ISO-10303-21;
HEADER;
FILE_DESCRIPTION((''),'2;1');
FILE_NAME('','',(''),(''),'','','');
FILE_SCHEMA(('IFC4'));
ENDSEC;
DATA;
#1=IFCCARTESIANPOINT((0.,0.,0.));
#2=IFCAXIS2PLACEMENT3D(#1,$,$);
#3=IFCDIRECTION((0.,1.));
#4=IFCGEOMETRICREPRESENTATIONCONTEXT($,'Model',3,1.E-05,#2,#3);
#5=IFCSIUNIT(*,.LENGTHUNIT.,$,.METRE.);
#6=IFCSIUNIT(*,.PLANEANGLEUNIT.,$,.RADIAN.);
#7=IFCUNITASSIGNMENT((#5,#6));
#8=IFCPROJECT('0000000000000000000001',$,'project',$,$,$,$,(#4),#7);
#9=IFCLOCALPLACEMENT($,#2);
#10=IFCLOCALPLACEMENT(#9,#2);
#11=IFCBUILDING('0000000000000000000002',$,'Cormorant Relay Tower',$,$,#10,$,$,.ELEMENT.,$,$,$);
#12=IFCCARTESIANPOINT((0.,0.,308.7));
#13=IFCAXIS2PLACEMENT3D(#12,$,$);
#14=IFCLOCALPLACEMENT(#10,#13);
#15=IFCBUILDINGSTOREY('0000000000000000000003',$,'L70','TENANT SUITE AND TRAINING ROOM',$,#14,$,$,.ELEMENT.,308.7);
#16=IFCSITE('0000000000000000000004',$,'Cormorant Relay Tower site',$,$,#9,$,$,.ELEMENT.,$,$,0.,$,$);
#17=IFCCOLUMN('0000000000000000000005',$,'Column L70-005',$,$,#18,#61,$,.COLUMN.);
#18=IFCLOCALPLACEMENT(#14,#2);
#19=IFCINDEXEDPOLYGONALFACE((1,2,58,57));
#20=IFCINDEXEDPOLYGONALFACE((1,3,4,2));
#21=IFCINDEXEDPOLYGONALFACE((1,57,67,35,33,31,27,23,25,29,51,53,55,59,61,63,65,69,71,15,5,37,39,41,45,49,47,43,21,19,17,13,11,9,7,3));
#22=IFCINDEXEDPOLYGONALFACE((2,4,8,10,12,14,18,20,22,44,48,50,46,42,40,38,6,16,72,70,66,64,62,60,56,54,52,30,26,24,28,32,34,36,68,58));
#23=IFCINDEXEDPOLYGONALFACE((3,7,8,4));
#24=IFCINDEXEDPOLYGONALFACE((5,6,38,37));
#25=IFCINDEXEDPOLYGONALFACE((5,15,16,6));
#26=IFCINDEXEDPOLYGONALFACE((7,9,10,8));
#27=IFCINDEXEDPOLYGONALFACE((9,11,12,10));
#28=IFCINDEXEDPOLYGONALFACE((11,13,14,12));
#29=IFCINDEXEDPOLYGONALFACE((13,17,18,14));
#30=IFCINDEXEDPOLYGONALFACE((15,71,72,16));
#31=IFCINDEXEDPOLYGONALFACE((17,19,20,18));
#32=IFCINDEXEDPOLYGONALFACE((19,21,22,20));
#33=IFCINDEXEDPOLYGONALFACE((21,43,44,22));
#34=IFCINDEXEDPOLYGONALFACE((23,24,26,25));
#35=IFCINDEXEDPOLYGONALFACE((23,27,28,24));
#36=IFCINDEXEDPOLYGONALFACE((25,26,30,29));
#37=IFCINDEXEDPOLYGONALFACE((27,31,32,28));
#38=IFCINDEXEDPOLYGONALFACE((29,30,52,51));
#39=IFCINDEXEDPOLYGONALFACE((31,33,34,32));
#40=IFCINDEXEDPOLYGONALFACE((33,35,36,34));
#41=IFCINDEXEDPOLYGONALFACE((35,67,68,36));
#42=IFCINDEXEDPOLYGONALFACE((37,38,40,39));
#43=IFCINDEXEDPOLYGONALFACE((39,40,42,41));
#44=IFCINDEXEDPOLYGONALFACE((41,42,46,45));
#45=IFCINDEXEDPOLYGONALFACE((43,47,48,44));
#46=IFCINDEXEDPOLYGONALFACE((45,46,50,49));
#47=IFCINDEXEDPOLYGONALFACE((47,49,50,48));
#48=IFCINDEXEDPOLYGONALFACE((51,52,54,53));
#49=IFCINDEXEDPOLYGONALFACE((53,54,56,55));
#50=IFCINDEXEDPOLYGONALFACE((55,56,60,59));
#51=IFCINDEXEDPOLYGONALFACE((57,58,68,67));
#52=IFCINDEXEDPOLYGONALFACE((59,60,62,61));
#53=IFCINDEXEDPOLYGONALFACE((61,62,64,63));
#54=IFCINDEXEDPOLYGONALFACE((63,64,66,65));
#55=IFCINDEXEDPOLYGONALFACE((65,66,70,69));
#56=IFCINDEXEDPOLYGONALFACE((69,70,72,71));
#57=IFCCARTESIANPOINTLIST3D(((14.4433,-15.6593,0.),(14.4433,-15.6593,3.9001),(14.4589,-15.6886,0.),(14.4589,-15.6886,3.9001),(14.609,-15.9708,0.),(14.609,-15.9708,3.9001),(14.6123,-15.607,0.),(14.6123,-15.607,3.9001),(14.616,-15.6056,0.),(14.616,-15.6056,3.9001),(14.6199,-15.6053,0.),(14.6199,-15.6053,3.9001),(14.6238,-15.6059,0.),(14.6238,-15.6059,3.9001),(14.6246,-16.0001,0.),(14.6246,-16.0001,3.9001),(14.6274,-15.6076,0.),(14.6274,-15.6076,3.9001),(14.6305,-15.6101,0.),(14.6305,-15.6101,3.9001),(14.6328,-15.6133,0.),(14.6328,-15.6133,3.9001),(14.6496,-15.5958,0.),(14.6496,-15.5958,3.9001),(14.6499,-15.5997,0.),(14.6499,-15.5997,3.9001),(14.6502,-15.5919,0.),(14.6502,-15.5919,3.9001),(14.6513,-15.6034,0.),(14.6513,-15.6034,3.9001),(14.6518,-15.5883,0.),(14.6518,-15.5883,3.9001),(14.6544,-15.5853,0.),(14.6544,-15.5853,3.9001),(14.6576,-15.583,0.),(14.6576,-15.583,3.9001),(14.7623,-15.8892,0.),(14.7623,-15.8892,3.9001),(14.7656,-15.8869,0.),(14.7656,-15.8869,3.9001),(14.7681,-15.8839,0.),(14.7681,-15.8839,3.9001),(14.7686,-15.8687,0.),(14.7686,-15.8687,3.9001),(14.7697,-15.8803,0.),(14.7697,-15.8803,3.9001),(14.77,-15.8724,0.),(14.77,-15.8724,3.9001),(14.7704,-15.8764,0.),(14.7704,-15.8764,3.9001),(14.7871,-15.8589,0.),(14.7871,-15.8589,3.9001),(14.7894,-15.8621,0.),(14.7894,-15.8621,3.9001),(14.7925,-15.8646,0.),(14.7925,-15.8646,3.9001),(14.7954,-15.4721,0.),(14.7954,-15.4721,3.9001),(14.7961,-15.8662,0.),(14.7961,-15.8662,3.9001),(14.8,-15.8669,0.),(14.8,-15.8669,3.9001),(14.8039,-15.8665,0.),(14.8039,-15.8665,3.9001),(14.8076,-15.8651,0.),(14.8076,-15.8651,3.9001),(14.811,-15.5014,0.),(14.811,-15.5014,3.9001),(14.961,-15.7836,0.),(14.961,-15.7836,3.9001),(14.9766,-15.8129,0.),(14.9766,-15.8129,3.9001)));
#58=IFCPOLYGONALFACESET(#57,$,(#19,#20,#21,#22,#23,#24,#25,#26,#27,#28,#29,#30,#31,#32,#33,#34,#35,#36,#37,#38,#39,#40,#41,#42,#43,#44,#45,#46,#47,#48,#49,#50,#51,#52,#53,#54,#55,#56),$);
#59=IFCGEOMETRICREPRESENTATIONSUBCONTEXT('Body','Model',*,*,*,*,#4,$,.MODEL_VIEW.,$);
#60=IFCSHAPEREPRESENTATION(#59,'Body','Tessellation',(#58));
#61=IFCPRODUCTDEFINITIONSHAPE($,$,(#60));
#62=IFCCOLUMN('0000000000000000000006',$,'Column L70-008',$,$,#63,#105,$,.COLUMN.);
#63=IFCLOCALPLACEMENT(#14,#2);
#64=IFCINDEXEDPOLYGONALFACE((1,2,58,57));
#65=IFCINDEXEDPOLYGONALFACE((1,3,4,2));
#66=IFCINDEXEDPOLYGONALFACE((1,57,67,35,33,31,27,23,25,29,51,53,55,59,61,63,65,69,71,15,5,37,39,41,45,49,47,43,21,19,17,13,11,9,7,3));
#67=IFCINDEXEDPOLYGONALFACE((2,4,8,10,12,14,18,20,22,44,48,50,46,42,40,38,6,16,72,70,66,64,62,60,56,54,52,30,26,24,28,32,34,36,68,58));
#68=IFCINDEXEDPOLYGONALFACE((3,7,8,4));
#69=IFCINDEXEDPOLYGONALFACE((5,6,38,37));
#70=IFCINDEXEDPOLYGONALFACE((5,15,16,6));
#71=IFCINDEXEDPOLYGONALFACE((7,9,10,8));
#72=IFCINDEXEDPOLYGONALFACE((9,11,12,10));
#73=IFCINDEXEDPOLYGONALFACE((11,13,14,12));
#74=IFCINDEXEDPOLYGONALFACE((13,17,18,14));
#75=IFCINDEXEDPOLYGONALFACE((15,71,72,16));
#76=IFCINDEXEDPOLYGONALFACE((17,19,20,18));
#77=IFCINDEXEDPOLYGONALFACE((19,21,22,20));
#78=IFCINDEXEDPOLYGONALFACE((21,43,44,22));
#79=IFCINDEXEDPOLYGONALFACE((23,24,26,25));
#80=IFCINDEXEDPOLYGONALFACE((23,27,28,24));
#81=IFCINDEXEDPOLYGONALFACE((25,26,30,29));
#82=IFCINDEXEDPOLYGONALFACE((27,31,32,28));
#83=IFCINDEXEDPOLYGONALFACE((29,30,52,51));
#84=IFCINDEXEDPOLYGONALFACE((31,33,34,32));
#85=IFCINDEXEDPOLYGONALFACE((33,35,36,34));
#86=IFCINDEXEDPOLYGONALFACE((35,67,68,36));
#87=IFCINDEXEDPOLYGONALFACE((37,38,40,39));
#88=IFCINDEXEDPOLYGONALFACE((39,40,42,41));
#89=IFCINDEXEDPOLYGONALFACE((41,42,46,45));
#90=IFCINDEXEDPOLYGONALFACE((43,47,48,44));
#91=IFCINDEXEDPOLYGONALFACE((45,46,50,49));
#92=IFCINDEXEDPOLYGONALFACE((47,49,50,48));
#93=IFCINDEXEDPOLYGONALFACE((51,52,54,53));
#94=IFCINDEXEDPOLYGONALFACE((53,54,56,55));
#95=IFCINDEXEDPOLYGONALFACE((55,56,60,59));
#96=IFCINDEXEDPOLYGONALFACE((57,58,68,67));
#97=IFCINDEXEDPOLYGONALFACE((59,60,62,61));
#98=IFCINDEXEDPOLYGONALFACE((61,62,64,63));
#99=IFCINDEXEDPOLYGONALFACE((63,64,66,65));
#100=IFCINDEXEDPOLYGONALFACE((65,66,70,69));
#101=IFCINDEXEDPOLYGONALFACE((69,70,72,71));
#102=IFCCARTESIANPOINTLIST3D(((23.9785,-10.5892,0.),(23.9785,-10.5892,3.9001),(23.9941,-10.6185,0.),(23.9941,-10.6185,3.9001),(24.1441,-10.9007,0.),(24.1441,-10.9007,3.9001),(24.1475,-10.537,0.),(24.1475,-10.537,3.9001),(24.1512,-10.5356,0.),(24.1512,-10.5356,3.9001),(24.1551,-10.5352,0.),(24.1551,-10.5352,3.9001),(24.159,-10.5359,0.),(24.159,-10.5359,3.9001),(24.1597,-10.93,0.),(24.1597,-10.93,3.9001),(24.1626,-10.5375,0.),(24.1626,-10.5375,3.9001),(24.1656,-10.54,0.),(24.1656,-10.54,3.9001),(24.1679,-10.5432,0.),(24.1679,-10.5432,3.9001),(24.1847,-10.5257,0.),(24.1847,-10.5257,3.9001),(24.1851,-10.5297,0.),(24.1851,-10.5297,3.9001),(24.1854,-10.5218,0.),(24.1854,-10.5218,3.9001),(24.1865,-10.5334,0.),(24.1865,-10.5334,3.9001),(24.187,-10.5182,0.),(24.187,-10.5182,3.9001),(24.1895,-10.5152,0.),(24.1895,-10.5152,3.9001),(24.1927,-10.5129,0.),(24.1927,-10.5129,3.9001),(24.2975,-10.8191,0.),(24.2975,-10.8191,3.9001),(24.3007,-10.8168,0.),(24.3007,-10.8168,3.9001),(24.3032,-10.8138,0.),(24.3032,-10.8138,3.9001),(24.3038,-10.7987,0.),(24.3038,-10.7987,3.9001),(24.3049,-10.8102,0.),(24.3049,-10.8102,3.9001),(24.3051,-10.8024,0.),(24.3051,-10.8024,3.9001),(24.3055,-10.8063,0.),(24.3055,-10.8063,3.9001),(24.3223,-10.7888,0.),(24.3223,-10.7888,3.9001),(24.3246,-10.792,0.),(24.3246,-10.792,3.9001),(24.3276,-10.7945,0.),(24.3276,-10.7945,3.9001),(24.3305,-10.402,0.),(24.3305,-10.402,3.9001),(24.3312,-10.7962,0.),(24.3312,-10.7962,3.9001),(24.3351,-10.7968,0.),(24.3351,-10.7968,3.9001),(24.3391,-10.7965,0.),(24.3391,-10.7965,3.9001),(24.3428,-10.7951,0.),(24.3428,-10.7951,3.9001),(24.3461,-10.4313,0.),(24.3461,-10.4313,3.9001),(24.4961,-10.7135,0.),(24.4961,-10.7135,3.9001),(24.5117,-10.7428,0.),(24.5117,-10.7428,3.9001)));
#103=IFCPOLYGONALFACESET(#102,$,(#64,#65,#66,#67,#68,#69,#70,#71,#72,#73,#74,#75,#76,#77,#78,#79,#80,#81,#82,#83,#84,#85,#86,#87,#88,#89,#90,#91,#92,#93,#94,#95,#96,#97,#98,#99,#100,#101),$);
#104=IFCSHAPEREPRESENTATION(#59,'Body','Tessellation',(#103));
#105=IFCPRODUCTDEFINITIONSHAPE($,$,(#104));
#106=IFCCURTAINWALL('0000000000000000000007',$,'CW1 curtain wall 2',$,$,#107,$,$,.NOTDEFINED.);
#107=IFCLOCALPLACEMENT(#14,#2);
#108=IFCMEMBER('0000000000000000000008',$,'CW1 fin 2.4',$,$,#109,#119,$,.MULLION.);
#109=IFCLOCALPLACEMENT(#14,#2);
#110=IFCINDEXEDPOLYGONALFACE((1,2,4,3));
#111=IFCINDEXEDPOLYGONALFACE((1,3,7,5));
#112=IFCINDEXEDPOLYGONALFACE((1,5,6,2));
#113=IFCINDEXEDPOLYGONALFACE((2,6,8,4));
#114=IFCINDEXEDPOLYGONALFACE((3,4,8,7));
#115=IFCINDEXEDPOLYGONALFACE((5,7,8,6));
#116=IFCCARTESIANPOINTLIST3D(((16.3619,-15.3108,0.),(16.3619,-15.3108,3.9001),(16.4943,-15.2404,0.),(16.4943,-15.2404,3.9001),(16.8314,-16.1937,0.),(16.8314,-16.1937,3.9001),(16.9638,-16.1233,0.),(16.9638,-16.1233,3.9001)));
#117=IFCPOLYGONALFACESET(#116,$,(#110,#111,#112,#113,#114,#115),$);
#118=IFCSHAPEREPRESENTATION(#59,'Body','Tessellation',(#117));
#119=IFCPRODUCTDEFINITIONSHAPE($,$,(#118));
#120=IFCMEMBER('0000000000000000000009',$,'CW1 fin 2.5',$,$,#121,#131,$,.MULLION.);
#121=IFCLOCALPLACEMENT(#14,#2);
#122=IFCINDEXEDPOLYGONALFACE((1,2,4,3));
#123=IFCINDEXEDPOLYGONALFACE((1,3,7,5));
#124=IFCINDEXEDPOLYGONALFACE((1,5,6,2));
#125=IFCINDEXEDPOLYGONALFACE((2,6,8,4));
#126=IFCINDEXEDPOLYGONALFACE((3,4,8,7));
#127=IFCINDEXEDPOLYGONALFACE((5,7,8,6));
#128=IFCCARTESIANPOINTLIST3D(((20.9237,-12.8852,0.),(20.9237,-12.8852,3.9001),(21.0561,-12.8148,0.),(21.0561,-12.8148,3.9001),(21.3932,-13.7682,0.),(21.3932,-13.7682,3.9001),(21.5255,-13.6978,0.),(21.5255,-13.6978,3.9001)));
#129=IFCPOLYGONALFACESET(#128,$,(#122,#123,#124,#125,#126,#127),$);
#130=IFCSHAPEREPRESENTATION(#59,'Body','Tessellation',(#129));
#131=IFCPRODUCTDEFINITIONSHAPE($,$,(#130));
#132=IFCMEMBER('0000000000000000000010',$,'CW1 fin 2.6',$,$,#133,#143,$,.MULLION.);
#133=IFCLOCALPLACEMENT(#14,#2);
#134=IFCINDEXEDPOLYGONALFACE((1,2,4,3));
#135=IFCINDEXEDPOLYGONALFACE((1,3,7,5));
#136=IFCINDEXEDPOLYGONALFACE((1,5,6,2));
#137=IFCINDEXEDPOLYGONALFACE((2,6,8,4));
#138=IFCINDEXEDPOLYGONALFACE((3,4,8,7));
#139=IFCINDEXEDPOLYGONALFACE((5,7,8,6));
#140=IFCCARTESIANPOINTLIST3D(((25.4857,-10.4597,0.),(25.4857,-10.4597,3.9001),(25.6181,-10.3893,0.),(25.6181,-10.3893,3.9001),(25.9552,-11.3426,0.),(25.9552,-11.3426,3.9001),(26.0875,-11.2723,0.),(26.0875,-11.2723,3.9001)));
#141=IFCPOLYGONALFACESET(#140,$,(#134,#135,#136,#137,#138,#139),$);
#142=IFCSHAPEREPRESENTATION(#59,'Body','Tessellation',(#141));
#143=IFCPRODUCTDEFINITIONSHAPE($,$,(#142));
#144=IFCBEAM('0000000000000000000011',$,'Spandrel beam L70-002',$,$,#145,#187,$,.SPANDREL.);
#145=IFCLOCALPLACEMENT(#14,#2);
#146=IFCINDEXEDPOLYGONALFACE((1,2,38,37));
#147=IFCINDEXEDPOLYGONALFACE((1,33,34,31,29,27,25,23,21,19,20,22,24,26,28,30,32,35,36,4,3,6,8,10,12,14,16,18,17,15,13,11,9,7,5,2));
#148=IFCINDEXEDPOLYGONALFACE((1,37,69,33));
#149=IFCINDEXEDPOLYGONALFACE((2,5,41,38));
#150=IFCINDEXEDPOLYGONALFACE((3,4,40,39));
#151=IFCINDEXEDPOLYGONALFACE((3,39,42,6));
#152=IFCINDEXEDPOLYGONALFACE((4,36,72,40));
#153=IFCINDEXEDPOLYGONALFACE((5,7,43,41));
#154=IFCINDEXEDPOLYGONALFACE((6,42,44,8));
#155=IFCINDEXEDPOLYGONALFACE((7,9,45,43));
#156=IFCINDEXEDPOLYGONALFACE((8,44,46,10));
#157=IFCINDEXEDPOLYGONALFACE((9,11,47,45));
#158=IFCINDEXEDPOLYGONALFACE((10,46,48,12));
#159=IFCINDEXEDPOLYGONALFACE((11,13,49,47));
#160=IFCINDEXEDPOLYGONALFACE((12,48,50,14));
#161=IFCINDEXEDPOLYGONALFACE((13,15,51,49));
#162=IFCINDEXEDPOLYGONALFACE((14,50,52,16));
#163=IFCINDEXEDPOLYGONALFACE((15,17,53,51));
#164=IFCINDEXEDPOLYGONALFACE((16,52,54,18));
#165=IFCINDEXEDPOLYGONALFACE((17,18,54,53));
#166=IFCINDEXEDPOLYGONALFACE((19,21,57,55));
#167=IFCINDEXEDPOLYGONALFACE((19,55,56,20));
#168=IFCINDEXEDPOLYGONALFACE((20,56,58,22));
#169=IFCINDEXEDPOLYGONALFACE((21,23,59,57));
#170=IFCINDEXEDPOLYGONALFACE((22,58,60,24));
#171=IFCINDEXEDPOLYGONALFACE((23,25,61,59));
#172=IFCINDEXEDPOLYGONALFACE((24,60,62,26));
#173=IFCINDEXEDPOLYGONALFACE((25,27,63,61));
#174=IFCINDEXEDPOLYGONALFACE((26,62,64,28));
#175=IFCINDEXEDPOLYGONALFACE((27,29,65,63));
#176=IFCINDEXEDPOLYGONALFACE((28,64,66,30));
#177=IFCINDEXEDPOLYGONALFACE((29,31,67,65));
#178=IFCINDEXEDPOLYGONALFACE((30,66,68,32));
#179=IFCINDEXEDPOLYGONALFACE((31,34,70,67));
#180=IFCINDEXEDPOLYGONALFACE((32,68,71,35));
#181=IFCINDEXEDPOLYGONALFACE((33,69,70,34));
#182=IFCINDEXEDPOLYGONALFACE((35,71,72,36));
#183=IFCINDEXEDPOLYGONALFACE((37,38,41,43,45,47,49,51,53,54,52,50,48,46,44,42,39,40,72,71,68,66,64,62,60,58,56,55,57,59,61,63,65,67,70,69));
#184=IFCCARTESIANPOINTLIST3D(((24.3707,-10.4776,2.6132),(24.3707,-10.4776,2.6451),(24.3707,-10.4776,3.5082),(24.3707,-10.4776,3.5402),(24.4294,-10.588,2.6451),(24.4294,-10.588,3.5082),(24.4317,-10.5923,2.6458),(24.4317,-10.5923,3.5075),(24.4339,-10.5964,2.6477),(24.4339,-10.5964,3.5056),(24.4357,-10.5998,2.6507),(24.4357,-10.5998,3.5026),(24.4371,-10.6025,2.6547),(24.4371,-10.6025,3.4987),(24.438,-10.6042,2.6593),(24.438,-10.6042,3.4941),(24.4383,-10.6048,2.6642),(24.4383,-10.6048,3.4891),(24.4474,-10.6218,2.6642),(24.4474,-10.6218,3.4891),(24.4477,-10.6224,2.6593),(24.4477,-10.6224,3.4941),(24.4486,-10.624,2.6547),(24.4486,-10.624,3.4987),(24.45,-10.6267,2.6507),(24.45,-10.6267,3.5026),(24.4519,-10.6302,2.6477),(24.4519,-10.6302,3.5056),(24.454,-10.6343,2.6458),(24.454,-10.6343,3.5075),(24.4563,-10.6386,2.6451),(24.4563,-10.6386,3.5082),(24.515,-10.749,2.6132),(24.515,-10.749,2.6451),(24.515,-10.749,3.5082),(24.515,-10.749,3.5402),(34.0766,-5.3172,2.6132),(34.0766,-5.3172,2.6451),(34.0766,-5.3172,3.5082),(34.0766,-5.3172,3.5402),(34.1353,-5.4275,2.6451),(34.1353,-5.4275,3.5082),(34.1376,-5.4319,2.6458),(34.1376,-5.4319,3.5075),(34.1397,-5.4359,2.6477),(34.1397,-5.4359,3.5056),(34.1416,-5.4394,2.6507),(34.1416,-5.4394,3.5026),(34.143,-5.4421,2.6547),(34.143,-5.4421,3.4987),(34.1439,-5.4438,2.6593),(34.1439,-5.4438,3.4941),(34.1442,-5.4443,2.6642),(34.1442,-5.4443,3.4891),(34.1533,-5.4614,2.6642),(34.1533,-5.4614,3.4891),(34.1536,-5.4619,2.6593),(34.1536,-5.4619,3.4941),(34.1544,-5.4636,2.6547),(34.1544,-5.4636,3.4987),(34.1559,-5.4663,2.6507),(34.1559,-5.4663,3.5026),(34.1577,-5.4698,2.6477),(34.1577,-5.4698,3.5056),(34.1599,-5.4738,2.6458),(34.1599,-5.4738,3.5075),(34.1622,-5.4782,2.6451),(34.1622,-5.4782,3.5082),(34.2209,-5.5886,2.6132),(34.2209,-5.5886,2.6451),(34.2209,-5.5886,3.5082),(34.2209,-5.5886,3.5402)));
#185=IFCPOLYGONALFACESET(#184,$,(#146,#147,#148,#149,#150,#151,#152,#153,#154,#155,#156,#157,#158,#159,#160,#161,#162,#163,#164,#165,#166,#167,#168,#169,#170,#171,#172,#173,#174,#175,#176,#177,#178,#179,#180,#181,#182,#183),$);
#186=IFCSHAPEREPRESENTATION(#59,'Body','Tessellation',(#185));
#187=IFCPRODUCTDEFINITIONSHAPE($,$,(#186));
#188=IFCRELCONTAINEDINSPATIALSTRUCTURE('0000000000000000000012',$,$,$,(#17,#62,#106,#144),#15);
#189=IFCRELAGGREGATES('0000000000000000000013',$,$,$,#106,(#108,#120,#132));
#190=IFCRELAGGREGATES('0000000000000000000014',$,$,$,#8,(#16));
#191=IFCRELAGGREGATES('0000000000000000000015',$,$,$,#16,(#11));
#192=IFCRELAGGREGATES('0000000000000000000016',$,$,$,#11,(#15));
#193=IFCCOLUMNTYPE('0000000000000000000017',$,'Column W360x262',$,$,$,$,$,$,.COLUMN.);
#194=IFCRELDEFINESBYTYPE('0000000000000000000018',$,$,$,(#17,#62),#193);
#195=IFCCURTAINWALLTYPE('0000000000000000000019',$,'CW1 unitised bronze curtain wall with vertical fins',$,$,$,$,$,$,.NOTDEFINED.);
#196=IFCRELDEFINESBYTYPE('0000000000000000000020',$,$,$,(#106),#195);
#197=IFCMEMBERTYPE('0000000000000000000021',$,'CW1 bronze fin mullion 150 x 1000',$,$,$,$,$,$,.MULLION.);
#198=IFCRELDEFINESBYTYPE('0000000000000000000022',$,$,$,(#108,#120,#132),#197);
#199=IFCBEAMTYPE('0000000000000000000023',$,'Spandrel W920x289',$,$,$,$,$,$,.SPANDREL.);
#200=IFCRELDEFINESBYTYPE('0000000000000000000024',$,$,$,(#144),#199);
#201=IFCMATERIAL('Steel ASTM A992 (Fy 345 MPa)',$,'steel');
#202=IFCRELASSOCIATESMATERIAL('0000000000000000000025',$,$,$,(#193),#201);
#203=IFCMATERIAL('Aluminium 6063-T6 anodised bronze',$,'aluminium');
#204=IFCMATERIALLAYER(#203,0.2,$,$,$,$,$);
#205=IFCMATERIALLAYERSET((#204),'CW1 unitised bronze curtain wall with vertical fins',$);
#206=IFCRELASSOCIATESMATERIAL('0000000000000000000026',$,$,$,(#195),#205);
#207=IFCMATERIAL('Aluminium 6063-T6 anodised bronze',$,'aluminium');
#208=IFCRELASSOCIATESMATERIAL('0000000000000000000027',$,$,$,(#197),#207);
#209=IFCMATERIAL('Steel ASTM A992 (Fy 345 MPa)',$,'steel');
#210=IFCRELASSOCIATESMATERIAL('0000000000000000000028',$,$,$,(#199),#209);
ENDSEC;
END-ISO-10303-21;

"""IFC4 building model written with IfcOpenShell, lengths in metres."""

from ifc_helpers import new_model, si_unit, direction, frame, origin, origin_2d, place, context, subcontext, project, spatial, rectangle, i_section, extrude, material, layer, layer_set, material_profile, profile_set, type_object, element, aggregate, save


model = new_model("IFC4")

# Units and contexts
model_context = context("Model", 3, precision=1e-05, world=origin(), true_north=direction((0.0, 1.0)))
body_context = subcontext(model_context, "Body", "Model", "MODEL_VIEW")
ifc_project = project(units=[si_unit("LENGTHUNIT", "METRE"), si_unit("PLANEANGLEUNIT", "RADIAN")], contexts=[model_context])

# Site, building, storey
site_placement = place(None, origin())
site = spatial("IfcSite", under=ifc_project, at=site_placement, Name="Cormorant Relay Tower site", CompositionType="ELEMENT", RefElevation=0.0)
building_placement = place(site_placement, origin())
building = spatial("IfcBuilding", under=site, at=building_placement, Name="Cormorant Relay Tower", CompositionType="ELEMENT")
storey_placement = place(building_placement, frame((0.0, 0.0, 308.7)))
storey = spatial("IfcBuildingStorey", under=building, at=storey_placement, Name="L70", Description="TENANT SUITE AND TRAINING ROOM", CompositionType="ELEMENT", Elevation=308.7)

# Columns
ifc_material_1 = material(Name="Steel ASTM A992 (Fy 345 MPa)", Category="steel")
ifc_material_profile_1 = material_profile(ifc_material_1, i_section(OverallWidth=0.3987, OverallDepth=0.386, WebThickness=0.021, FlangeThickness=0.0332, FilletRadius=0.0151, at=origin_2d()), Name="W360x262")
ifc_profile_set_1 = profile_set([ifc_material_profile_1], Name="Steel ASTM A992 (Fy 345 MPa)")
column_type = type_object("IfcColumnType", Name="Column W360x262", PredefinedType="COLUMN", material=ifc_profile_set_1)
for number, where, z_axis, x_axis, name in (
    (1, (14.71, -15.7361, 0.0), (0.0, 0.0, 1.0), (0.882948, 0.469472, 0.0), "Column L70-005"),
    (2, (24.2451, -10.666, 0.0), (0.0, 0.0, 1.0), (0.882948, 0.469472, 0.0), "Column L70-008"),
):
    element("IfcColumn", number, at=place(storey_placement, frame(where, z_axis=z_axis, x_axis=x_axis)), inside=storey, type_object=column_type, Name=name, PredefinedType="COLUMN", context=body_context, shape_type="SweptSolid", body=[
        extrude(i_section(OverallWidth=0.3987, OverallDepth=0.386, WebThickness=0.021, FlangeThickness=0.0332, FilletRadius=0.0151, at=origin_2d()), origin(), (0.0, 0.0, 1.0), 3.9001),
    ])

# Curtain wall, members
ifc_material_2 = material(Name="Aluminium 6063-T6 anodised bronze", Category="aluminium")
ifc_layer_1 = layer(ifc_material_2, 0.2)
ifc_layer_set_1 = layer_set([ifc_layer_1], Name="CW1 unitised bronze curtain wall with vertical fins")
curtain_wall_type = type_object("IfcCurtainWallType", Name="CW1 unitised bronze curtain wall with vertical fins", PredefinedType="NOTDEFINED", material=ifc_layer_set_1)
curtain_wall_placement = place(storey_placement, origin())
curtain_wall = element("IfcCurtainWall", 3, at=curtain_wall_placement, inside=storey, type_object=curtain_wall_type, Name="CW1 curtain wall 2", PredefinedType="NOTDEFINED")
ifc_material_3 = material(Name="Aluminium 6063-T6 anodised bronze", Category="aluminium")
ifc_material_profile_2 = material_profile(ifc_material_3, rectangle(XDim=0.1499, YDim=1.0, at=origin_2d()), Name="AL 150x1000")
ifc_profile_set_2 = profile_set([ifc_material_profile_2], Name="Aluminium 6063-T6 anodised bronze")
member_type = type_object("IfcMemberType", Name="CW1 bronze fin mullion 150 x 1000", PredefinedType="MULLION", material=ifc_profile_set_2)
member_1_placement = place(storey_placement, frame((16.6628, -15.717, 0.0), z_axis=(0.0, 0.0, 1.0), x_axis=(0.882948, 0.469472, 0.0)))
member_1 = element("IfcMember", 4, at=member_1_placement, type_object=member_type, Name="CW1 fin 2.4", PredefinedType="MULLION", context=body_context, shape_type="SweptSolid", body=[
    extrude(rectangle(XDim=0.1499, YDim=1.0, at=origin_2d()), origin(), (0.0, 0.0, 1.0), 3.9001),
])
member_2_placement = place(storey_placement, frame((21.2246, -13.2915, 0.0), z_axis=(0.0, 0.0, 1.0), x_axis=(0.882948, 0.469472, 0.0)))
member_2 = element("IfcMember", 5, at=member_2_placement, type_object=member_type, Name="CW1 fin 2.5", PredefinedType="MULLION", context=body_context, shape_type="SweptSolid", body=[
    extrude(rectangle(XDim=0.1499, YDim=1.0, at=origin_2d()), origin(), (0.0, 0.0, 1.0), 3.9001),
])
member_3_placement = place(storey_placement, frame((25.7866, -10.866, 0.0), z_axis=(0.0, 0.0, 1.0), x_axis=(0.882948, 0.469472, 0.0)))
member_3 = element("IfcMember", 6, at=member_3_placement, type_object=member_type, Name="CW1 fin 2.6", PredefinedType="MULLION", context=body_context, shape_type="SweptSolid", body=[
    extrude(rectangle(XDim=0.1499, YDim=1.0, at=origin_2d()), origin(), (0.0, 0.0, 1.0), 3.9001),
])

# Beam
ifc_material_4 = material(Name="Steel ASTM A992 (Fy 345 MPa)", Category="steel")
ifc_material_profile_3 = material_profile(ifc_material_4, i_section(OverallWidth=0.3074, OverallDepth=0.927, WebThickness=0.0193, FlangeThickness=0.032, FilletRadius=0.019, at=origin_2d()), Name="W920x289")
ifc_profile_set_3 = profile_set([ifc_material_profile_3], Name="Steel ASTM A992 (Fy 345 MPa)")
beam_type_1 = type_object("IfcBeamType", Name="Spandrel W920x289", PredefinedType="SPANDREL", material=ifc_profile_set_3)
beam_1_placement = place(storey_placement, frame((24.4429, -10.6133, 3.0767), z_axis=(0.882958, 0.469452, 0.0), x_axis=(-0.469452, 0.882958, 0.0)))
element("IfcBeam", 7, at=beam_1_placement, inside=storey, type_object=beam_type_1, Name="Spandrel beam L70-002", PredefinedType="SPANDREL", context=body_context, shape_type="SweptSolid", body=[
    extrude(i_section(OverallWidth=0.3074, OverallDepth=0.927, WebThickness=0.0193, FlangeThickness=0.032, FilletRadius=0.019, at=origin_2d()), origin(), (0.0, 0.0, 1.0), 10.9924),
])

aggregate(curtain_wall, [member_1, member_2, member_3])

save(model, "model.ifc")
